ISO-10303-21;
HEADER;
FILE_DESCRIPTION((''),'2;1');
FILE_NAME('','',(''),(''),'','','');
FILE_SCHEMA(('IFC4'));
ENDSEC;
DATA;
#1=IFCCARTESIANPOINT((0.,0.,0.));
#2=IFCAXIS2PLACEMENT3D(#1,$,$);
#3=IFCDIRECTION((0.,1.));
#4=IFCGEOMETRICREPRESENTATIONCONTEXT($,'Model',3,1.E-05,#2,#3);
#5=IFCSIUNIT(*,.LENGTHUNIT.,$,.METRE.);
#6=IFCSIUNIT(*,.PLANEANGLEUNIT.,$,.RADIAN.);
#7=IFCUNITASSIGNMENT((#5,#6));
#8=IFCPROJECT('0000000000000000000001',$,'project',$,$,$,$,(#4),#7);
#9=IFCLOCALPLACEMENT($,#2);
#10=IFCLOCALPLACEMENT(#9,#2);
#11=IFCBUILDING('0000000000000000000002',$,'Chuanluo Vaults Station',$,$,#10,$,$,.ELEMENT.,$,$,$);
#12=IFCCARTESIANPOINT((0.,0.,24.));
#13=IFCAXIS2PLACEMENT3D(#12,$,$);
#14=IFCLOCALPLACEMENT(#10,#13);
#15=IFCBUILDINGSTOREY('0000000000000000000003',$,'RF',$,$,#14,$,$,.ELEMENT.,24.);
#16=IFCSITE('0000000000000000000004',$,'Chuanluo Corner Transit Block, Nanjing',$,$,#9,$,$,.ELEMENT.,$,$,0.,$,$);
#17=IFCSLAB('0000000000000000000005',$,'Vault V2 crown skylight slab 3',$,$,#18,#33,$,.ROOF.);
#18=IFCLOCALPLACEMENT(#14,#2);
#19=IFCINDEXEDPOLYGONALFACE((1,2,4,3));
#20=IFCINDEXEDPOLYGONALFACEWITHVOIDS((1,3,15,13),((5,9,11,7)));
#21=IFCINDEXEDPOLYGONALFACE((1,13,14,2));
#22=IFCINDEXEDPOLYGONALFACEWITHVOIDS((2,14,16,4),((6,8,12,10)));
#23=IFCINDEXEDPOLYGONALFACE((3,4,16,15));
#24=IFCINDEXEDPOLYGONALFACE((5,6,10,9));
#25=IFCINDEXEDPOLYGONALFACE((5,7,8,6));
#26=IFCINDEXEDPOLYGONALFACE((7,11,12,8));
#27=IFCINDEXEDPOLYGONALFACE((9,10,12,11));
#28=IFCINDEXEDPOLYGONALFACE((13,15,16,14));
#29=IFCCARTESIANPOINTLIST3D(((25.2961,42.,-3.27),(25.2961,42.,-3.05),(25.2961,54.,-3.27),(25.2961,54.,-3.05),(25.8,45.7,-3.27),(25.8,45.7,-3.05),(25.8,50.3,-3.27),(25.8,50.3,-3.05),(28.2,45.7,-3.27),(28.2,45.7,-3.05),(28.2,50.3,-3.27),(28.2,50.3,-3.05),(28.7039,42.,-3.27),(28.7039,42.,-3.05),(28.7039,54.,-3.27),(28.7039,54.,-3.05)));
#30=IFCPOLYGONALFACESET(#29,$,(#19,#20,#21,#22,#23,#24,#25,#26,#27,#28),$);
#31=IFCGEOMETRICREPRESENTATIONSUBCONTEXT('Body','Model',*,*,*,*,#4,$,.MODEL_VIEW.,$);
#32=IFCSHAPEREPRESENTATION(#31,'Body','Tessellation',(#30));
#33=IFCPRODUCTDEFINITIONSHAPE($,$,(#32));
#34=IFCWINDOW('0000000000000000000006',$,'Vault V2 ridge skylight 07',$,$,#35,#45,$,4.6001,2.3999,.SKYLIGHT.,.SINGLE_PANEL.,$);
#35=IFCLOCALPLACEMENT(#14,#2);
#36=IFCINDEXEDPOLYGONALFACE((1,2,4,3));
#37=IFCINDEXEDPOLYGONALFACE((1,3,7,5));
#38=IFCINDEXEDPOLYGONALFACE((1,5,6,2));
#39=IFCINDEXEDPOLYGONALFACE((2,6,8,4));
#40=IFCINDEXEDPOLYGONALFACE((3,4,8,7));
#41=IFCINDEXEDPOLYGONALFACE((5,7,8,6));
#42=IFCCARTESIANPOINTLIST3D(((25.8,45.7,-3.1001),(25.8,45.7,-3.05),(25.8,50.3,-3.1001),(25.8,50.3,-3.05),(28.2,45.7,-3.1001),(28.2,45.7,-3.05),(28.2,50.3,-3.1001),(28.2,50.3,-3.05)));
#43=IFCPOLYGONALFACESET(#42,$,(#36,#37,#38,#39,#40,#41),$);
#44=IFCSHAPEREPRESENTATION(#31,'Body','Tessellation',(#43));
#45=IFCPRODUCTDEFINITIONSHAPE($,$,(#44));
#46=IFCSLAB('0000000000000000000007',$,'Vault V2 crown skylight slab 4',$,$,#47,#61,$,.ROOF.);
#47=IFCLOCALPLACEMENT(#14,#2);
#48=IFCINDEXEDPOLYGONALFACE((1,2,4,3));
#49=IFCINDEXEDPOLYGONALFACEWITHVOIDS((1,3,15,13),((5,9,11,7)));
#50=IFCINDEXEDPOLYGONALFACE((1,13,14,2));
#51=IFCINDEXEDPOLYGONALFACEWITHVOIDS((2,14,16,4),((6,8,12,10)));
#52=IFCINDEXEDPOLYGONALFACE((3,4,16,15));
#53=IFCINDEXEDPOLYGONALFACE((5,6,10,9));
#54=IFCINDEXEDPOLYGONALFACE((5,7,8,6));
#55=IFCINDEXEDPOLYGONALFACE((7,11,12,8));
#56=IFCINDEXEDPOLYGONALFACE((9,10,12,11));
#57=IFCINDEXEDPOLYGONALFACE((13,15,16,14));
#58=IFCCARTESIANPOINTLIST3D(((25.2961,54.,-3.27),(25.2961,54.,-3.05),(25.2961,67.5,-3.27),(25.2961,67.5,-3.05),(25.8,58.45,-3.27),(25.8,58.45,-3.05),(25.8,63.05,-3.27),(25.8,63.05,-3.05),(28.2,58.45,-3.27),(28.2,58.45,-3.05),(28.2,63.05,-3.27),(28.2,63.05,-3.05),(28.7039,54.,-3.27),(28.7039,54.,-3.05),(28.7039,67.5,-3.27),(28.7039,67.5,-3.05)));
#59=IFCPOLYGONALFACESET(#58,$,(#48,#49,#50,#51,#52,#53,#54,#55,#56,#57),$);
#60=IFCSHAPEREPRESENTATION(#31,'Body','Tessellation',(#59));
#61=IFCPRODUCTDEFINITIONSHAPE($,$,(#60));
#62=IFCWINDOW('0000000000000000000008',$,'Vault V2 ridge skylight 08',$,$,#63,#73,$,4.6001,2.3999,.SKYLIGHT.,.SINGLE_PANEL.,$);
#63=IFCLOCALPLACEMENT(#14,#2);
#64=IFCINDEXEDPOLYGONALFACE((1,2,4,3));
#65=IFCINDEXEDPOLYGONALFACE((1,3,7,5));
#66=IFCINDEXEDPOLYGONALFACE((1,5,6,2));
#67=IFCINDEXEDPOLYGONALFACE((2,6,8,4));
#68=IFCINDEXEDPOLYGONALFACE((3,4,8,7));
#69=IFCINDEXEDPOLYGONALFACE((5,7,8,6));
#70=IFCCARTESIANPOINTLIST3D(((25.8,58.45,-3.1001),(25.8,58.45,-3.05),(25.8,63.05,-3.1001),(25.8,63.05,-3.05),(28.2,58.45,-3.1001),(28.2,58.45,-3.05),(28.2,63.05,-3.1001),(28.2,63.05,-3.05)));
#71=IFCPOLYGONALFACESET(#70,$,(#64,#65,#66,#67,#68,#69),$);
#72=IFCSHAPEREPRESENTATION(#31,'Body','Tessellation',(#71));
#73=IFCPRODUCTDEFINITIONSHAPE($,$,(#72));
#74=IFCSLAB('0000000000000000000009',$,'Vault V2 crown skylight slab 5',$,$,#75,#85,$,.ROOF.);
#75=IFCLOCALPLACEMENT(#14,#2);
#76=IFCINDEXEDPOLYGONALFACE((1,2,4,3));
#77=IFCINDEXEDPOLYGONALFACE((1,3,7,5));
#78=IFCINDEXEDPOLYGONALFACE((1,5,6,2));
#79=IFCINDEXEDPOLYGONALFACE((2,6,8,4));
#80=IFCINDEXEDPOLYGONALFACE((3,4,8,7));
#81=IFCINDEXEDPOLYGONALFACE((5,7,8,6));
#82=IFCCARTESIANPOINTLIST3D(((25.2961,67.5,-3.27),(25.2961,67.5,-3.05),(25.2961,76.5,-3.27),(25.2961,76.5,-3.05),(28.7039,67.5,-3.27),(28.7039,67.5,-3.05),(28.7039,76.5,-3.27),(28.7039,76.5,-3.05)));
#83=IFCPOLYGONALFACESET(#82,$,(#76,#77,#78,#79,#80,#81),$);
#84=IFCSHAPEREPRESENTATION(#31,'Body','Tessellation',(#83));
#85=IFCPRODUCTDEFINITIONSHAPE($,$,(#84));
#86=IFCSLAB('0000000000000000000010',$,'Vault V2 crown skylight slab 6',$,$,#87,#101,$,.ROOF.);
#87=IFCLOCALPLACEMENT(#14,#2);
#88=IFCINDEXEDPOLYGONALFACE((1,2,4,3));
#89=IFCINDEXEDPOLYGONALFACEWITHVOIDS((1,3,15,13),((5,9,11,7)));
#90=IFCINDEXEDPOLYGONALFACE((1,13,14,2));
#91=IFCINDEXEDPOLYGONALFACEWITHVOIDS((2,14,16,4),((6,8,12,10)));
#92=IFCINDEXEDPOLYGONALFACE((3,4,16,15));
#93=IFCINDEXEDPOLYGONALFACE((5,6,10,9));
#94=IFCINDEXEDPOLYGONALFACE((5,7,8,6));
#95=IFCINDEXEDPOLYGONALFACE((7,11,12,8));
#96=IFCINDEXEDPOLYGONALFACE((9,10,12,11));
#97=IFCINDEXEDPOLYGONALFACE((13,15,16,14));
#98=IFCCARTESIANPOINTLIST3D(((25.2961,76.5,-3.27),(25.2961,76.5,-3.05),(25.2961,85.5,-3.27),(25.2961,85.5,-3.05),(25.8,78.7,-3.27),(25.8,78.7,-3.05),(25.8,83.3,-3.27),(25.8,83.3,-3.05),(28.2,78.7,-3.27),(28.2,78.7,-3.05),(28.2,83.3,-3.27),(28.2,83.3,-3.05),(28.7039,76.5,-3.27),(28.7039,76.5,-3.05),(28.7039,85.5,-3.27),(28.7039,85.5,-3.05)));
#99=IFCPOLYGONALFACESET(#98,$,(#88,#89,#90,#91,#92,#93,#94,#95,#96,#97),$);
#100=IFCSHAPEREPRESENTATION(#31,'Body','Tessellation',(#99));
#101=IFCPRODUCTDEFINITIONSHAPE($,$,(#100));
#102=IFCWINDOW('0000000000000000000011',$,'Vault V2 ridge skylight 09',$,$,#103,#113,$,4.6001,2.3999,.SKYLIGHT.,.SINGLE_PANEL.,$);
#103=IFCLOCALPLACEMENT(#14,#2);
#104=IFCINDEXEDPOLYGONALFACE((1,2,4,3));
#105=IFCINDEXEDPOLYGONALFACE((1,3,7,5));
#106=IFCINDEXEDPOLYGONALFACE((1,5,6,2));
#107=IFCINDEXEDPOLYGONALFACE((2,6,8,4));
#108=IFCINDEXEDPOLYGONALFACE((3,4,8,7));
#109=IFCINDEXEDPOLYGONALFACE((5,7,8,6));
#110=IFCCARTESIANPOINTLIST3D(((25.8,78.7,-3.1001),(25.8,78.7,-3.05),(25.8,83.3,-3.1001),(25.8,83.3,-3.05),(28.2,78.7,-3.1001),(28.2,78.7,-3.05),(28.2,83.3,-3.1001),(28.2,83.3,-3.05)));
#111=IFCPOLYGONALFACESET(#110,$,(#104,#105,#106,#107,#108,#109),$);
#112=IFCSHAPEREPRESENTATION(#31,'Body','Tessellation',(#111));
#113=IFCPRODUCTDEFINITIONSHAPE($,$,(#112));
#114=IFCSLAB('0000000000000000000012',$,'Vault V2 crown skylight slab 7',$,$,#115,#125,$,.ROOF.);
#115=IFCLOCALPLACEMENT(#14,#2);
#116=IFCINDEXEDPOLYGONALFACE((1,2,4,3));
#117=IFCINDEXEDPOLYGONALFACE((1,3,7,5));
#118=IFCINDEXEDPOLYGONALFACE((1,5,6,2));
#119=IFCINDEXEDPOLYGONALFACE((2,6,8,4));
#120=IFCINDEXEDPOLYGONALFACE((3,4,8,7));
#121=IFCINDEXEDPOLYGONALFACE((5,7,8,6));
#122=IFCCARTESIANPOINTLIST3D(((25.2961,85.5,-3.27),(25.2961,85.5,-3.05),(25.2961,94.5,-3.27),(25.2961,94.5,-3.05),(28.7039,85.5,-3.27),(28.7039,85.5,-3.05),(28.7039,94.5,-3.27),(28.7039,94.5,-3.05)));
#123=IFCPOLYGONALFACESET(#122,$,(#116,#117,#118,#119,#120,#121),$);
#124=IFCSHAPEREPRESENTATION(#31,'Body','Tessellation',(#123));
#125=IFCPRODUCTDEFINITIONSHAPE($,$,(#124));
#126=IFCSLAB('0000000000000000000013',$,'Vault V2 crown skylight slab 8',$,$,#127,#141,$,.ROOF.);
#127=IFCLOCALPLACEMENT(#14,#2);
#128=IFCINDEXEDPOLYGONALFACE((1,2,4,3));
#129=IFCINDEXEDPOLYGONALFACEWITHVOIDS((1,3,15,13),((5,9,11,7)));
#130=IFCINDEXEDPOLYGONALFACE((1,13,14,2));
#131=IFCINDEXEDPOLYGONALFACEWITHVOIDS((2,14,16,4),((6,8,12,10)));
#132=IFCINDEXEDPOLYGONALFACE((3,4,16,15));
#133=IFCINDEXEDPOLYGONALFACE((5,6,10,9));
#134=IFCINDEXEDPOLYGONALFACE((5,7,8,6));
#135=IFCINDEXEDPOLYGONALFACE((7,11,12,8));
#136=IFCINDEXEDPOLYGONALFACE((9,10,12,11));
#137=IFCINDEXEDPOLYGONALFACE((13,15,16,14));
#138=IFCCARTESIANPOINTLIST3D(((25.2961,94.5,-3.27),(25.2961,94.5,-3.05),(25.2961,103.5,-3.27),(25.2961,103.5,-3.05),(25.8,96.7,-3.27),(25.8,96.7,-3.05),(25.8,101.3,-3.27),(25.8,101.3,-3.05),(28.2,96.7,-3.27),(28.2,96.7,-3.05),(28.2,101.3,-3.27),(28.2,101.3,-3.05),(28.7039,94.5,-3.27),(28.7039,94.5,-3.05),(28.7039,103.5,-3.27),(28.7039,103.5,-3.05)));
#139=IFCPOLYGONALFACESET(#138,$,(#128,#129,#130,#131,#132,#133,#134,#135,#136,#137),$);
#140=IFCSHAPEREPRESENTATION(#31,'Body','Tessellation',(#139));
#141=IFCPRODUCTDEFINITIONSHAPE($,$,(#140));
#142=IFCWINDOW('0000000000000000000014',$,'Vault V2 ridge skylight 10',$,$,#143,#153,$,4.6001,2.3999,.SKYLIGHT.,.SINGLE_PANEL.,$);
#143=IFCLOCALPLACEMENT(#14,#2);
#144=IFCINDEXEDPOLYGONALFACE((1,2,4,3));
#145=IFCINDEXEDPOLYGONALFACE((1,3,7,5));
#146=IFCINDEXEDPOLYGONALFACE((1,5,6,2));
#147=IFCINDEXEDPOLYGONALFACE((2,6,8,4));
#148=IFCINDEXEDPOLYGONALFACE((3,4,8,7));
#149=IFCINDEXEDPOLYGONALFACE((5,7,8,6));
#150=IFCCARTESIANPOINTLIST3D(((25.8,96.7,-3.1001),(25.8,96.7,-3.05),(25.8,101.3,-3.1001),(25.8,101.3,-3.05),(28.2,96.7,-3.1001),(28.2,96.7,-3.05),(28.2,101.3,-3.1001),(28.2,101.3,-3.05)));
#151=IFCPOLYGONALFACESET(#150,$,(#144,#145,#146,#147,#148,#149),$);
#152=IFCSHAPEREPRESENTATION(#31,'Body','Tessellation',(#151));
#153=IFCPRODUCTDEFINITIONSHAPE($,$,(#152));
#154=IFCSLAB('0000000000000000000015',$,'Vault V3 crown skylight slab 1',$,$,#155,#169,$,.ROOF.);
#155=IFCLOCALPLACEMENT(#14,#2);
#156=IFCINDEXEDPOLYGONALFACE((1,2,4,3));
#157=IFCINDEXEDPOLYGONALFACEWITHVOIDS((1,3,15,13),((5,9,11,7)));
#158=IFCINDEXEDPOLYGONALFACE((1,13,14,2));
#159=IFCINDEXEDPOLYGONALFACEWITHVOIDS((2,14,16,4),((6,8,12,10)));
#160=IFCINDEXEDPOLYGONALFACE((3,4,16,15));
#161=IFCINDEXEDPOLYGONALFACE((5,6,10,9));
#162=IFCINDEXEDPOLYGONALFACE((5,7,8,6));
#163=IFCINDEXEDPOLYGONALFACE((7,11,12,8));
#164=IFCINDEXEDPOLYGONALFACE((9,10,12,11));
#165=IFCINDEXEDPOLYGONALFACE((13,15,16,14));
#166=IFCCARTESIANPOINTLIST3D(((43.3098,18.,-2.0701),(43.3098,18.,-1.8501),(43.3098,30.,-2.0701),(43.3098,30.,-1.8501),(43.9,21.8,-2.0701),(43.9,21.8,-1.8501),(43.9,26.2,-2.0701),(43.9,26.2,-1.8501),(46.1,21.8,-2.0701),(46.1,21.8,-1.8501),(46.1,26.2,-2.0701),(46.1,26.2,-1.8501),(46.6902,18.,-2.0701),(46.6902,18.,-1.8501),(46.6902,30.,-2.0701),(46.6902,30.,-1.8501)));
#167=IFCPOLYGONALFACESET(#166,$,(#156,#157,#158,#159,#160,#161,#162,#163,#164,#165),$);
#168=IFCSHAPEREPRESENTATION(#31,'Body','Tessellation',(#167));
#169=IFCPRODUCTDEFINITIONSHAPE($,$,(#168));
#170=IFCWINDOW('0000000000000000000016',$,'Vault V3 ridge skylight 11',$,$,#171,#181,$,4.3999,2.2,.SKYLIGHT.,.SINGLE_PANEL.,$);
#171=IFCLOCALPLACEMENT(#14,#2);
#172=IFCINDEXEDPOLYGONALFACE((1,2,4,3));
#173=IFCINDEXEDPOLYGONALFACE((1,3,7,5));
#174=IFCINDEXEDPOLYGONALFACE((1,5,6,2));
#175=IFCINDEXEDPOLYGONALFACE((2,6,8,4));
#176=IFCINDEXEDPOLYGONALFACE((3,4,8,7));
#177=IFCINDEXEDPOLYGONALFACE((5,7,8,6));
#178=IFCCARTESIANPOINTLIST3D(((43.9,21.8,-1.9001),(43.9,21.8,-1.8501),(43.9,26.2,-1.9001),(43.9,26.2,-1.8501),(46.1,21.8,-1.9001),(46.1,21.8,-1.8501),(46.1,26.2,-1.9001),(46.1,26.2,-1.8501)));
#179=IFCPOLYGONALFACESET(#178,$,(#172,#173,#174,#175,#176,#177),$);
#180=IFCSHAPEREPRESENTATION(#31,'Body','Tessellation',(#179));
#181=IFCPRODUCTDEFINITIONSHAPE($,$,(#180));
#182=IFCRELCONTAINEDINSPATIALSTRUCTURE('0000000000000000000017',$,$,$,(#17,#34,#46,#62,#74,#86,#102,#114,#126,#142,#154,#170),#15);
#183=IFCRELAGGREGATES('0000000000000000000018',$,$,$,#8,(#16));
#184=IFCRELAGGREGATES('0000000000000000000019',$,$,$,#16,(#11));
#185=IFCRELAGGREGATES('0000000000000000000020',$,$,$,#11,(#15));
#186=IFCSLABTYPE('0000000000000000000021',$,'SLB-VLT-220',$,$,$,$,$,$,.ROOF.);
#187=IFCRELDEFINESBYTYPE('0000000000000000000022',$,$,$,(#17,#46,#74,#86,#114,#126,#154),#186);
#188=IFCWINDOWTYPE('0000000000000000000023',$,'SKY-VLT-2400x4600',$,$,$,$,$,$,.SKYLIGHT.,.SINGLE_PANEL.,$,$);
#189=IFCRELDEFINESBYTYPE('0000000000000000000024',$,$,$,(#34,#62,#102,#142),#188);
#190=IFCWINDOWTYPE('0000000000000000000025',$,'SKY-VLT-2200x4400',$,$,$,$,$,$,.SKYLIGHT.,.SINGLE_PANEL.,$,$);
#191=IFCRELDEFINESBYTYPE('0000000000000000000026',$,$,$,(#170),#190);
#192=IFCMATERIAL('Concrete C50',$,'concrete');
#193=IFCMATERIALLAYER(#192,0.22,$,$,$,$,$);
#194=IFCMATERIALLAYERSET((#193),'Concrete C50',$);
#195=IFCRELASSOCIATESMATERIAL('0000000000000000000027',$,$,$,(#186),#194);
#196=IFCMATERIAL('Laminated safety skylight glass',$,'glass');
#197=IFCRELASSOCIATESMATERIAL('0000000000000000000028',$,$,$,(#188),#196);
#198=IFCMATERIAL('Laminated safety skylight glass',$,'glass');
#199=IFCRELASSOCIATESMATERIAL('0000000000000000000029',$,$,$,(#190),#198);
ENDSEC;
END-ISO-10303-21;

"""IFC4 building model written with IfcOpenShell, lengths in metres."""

from ifc_helpers import new_model, si_unit, direction, frame, origin, origin_2d, place, context, subcontext, project, spatial, polyline, rectangle, outline, extrude, material, layer, layer_set, type_object, element, fill, save


model = new_model("IFC4")

# Units and contexts
model_context = context("Model", 3, precision=1e-05, world=origin(), true_north=direction((0.0, 1.0)))
body_context = subcontext(model_context, "Body", "Model", "MODEL_VIEW")
ifc_project = project(units=[si_unit("LENGTHUNIT", "METRE"), si_unit("PLANEANGLEUNIT", "RADIAN")], contexts=[model_context])

# Site, building, storey
site_placement = place(None, origin())
site = spatial("IfcSite", under=ifc_project, at=site_placement, Name="Chuanluo Corner Transit Block, Nanjing", CompositionType="ELEMENT", RefElevation=0.0)
building_placement = place(site_placement, origin())
building = spatial("IfcBuilding", under=site, at=building_placement, Name="Chuanluo Vaults Station", CompositionType="ELEMENT")
storey_placement = place(building_placement, frame((0.0, 0.0, 24.0)))
storey = spatial("IfcBuildingStorey", under=building, at=storey_placement, Name="RF", CompositionType="ELEMENT", Elevation=24.0)

# Slabs, openings, windows
ifc_material_1 = material(Name="Concrete C50", Category="concrete")
ifc_layer = layer(ifc_material_1, 0.22)
ifc_layer_set = layer_set([ifc_layer], Name="Concrete C50")
slab_type = type_object("IfcSlabType", Name="SLB-VLT-220", PredefinedType="ROOF", material=ifc_layer_set)
slab_1_placement = place(storey_placement, frame((0.0, 0.0, -3.27)))
slab_1 = element("IfcSlab", 1, at=slab_1_placement, inside=storey, type_object=slab_type, Name="Vault V2 crown skylight slab 3", PredefinedType="ROOF", context=body_context, shape_type="SweptSolid", body=[
    extrude(outline(polyline([(25.2961, 42.0), (28.7039, 42.0), (28.7039, 54.0), (25.2961, 54.0), (25.2961, 42.0)])), origin(), (0.0, 0.0, 1.0), 0.22),
])
opening_1_placement = place(slab_1_placement, frame((27.0, 48.0, 0.0)))
opening_1 = element("IfcOpeningElement", 2, at=opening_1_placement, cuts=slab_1, PredefinedType="OPENING", context=body_context, shape_type="SweptSolid", body=[
    extrude(rectangle(XDim=2.3999, YDim=4.6001, at=origin_2d()), frame((0.0, 0.0, -0.01)), (0.0, 0.0, 1.0), 0.24),
])
ifc_material_2 = material(Name="Laminated safety skylight glass", Category="glass")
window_type_1 = type_object("IfcWindowType", Name="SKY-VLT-2400x4600", PartitioningType="SINGLE_PANEL", PredefinedType="SKYLIGHT", material=ifc_material_2)
window_1_placement = place(opening_1_placement, frame((0.0, 0.0, 0.1699)))
window_1 = element("IfcWindow", 3, at=window_1_placement, inside=storey, type_object=window_type_1, Name="Vault V2 ridge skylight 07", OverallHeight=4.6001, OverallWidth=2.3999, PartitioningType="SINGLE_PANEL", PredefinedType="SKYLIGHT", context=body_context, shape_type="SweptSolid", body=[
    extrude(rectangle(XDim=2.3999, YDim=4.6001, at=origin_2d()), origin(), (0.0, 0.0, 1.0), 0.05),
])
fill(opening_1, window_1)
slab_2_placement = place(storey_placement, frame((0.0, 0.0, -3.27)))
slab_2 = element("IfcSlab", 4, at=slab_2_placement, inside=storey, type_object=slab_type, Name="Vault V2 crown skylight slab 4", PredefinedType="ROOF", context=body_context, shape_type="SweptSolid", body=[
    extrude(outline(polyline([(25.2961, 54.0), (28.7039, 54.0), (28.7039, 67.5), (25.2961, 67.5), (25.2961, 54.0)])), origin(), (0.0, 0.0, 1.0), 0.22),
])
opening_2_placement = place(slab_2_placement, frame((27.0, 60.75, 0.0)))
opening_2 = element("IfcOpeningElement", 5, at=opening_2_placement, cuts=slab_2, PredefinedType="OPENING", context=body_context, shape_type="SweptSolid", body=[
    extrude(rectangle(XDim=2.3999, YDim=4.6001, at=origin_2d()), frame((0.0, 0.0, -0.01)), (0.0, 0.0, 1.0), 0.24),
])
window_2_placement = place(opening_2_placement, frame((0.0, 0.0, 0.1699)))
window_2 = element("IfcWindow", 6, at=window_2_placement, inside=storey, type_object=window_type_1, Name="Vault V2 ridge skylight 08", OverallHeight=4.6001, OverallWidth=2.3999, PartitioningType="SINGLE_PANEL", PredefinedType="SKYLIGHT", context=body_context, shape_type="SweptSolid", body=[
    extrude(rectangle(XDim=2.3999, YDim=4.6001, at=origin_2d()), origin(), (0.0, 0.0, 1.0), 0.05),
])
fill(opening_2, window_2)

# Slab
slab_3_placement = place(storey_placement, frame((0.0, 0.0, -3.27)))
element("IfcSlab", 7, at=slab_3_placement, inside=storey, type_object=slab_type, Name="Vault V2 crown skylight slab 5", PredefinedType="ROOF", context=body_context, shape_type="SweptSolid", body=[
    extrude(outline(polyline([(25.2961, 67.5), (28.7039, 67.5), (28.7039, 76.5), (25.2961, 76.5), (25.2961, 67.5)])), origin(), (0.0, 0.0, 1.0), 0.22),
])

# Slab, opening, window
slab_4_placement = place(storey_placement, frame((0.0, 0.0, -3.27)))
slab_4 = element("IfcSlab", 8, at=slab_4_placement, inside=storey, type_object=slab_type, Name="Vault V2 crown skylight slab 6", PredefinedType="ROOF", context=body_context, shape_type="SweptSolid", body=[
    extrude(outline(polyline([(25.2961, 76.5), (28.7039, 76.5), (28.7039, 85.5), (25.2961, 85.5), (25.2961, 76.5)])), origin(), (0.0, 0.0, 1.0), 0.22),
])
opening_3_placement = place(slab_4_placement, frame((27.0, 81.0, 0.0)))
opening_3 = element("IfcOpeningElement", 9, at=opening_3_placement, cuts=slab_4, PredefinedType="OPENING", context=body_context, shape_type="SweptSolid", body=[
    extrude(rectangle(XDim=2.3999, YDim=4.6001, at=origin_2d()), frame((0.0, 0.0, -0.01)), (0.0, 0.0, 1.0), 0.24),
])
window_3_placement = place(opening_3_placement, frame((0.0, 0.0, 0.1699)))
window_3 = element("IfcWindow", 10, at=window_3_placement, inside=storey, type_object=window_type_1, Name="Vault V2 ridge skylight 09", OverallHeight=4.6001, OverallWidth=2.3999, PartitioningType="SINGLE_PANEL", PredefinedType="SKYLIGHT", context=body_context, shape_type="SweptSolid", body=[
    extrude(rectangle(XDim=2.3999, YDim=4.6001, at=origin_2d()), origin(), (0.0, 0.0, 1.0), 0.05),
])
fill(opening_3, window_3)

# Slab
slab_5_placement = place(storey_placement, frame((0.0, 0.0, -3.27)))
element("IfcSlab", 11, at=slab_5_placement, inside=storey, type_object=slab_type, Name="Vault V2 crown skylight slab 7", PredefinedType="ROOF", context=body_context, shape_type="SweptSolid", body=[
    extrude(outline(polyline([(25.2961, 85.5), (28.7039, 85.5), (28.7039, 94.5), (25.2961, 94.5), (25.2961, 85.5)])), origin(), (0.0, 0.0, 1.0), 0.22),
])

# Slabs, openings, windows
slab_6_placement = place(storey_placement, frame((0.0, 0.0, -3.27)))
slab_6 = element("IfcSlab", 12, at=slab_6_placement, inside=storey, type_object=slab_type, Name="Vault V2 crown skylight slab 8", PredefinedType="ROOF", context=body_context, shape_type="SweptSolid", body=[
    extrude(outline(polyline([(25.2961, 94.5), (28.7039, 94.5), (28.7039, 103.5), (25.2961, 103.5), (25.2961, 94.5)])), origin(), (0.0, 0.0, 1.0), 0.22),
])
opening_4_placement = place(slab_6_placement, frame((27.0, 99.0, 0.0)))
opening_4 = element("IfcOpeningElement", 13, at=opening_4_placement, cuts=slab_6, PredefinedType="OPENING", context=body_context, shape_type="SweptSolid", body=[
    extrude(rectangle(XDim=2.3999, YDim=4.6001, at=origin_2d()), frame((0.0, 0.0, -0.01)), (0.0, 0.0, 1.0), 0.24),
])
window_4_placement = place(opening_4_placement, frame((0.0, 0.0, 0.1699)))
window_4 = element("IfcWindow", 14, at=window_4_placement, inside=storey, type_object=window_type_1, Name="Vault V2 ridge skylight 10", OverallHeight=4.6001, OverallWidth=2.3999, PartitioningType="SINGLE_PANEL", PredefinedType="SKYLIGHT", context=body_context, shape_type="SweptSolid", body=[
    extrude(rectangle(XDim=2.3999, YDim=4.6001, at=origin_2d()), origin(), (0.0, 0.0, 1.0), 0.05),
])
fill(opening_4, window_4)
slab_7_placement = place(storey_placement, frame((0.0, 0.0, -2.0701)))
slab_7 = element("IfcSlab", 15, at=slab_7_placement, inside=storey, type_object=slab_type, Name="Vault V3 crown skylight slab 1", PredefinedType="ROOF", context=body_context, shape_type="SweptSolid", body=[
    extrude(outline(polyline([(43.3098, 18.0), (46.6902, 18.0), (46.6902, 30.0), (43.3098, 30.0), (43.3098, 18.0)])), origin(), (0.0, 0.0, 1.0), 0.22),
])
opening_5_placement = place(slab_7_placement, frame((45.0, 24.0, 0.0)))
opening_5 = element("IfcOpeningElement", 16, at=opening_5_placement, cuts=slab_7, PredefinedType="OPENING", context=body_context, shape_type="SweptSolid", body=[
    extrude(rectangle(XDim=2.2, YDim=4.3999, at=origin_2d()), frame((0.0, 0.0, -0.01)), (0.0, 0.0, 1.0), 0.24),
])
ifc_material_3 = material(Name="Laminated safety skylight glass", Category="glass")
window_type_2 = type_object("IfcWindowType", Name="SKY-VLT-2200x4400", PartitioningType="SINGLE_PANEL", PredefinedType="SKYLIGHT", material=ifc_material_3)
window_5_placement = place(opening_5_placement, frame((0.0, 0.0, 0.1699)))
window_5 = element("IfcWindow", 17, at=window_5_placement, inside=storey, type_object=window_type_2, Name="Vault V3 ridge skylight 11", OverallHeight=4.3999, OverallWidth=2.2, PartitioningType="SINGLE_PANEL", PredefinedType="SKYLIGHT", context=body_context, shape_type="SweptSolid", body=[
    extrude(rectangle(XDim=2.2, YDim=4.3999, at=origin_2d()), origin(), (0.0, 0.0, 1.0), 0.05),
])
fill(opening_5, window_5)

save(model, "model.ifc")
